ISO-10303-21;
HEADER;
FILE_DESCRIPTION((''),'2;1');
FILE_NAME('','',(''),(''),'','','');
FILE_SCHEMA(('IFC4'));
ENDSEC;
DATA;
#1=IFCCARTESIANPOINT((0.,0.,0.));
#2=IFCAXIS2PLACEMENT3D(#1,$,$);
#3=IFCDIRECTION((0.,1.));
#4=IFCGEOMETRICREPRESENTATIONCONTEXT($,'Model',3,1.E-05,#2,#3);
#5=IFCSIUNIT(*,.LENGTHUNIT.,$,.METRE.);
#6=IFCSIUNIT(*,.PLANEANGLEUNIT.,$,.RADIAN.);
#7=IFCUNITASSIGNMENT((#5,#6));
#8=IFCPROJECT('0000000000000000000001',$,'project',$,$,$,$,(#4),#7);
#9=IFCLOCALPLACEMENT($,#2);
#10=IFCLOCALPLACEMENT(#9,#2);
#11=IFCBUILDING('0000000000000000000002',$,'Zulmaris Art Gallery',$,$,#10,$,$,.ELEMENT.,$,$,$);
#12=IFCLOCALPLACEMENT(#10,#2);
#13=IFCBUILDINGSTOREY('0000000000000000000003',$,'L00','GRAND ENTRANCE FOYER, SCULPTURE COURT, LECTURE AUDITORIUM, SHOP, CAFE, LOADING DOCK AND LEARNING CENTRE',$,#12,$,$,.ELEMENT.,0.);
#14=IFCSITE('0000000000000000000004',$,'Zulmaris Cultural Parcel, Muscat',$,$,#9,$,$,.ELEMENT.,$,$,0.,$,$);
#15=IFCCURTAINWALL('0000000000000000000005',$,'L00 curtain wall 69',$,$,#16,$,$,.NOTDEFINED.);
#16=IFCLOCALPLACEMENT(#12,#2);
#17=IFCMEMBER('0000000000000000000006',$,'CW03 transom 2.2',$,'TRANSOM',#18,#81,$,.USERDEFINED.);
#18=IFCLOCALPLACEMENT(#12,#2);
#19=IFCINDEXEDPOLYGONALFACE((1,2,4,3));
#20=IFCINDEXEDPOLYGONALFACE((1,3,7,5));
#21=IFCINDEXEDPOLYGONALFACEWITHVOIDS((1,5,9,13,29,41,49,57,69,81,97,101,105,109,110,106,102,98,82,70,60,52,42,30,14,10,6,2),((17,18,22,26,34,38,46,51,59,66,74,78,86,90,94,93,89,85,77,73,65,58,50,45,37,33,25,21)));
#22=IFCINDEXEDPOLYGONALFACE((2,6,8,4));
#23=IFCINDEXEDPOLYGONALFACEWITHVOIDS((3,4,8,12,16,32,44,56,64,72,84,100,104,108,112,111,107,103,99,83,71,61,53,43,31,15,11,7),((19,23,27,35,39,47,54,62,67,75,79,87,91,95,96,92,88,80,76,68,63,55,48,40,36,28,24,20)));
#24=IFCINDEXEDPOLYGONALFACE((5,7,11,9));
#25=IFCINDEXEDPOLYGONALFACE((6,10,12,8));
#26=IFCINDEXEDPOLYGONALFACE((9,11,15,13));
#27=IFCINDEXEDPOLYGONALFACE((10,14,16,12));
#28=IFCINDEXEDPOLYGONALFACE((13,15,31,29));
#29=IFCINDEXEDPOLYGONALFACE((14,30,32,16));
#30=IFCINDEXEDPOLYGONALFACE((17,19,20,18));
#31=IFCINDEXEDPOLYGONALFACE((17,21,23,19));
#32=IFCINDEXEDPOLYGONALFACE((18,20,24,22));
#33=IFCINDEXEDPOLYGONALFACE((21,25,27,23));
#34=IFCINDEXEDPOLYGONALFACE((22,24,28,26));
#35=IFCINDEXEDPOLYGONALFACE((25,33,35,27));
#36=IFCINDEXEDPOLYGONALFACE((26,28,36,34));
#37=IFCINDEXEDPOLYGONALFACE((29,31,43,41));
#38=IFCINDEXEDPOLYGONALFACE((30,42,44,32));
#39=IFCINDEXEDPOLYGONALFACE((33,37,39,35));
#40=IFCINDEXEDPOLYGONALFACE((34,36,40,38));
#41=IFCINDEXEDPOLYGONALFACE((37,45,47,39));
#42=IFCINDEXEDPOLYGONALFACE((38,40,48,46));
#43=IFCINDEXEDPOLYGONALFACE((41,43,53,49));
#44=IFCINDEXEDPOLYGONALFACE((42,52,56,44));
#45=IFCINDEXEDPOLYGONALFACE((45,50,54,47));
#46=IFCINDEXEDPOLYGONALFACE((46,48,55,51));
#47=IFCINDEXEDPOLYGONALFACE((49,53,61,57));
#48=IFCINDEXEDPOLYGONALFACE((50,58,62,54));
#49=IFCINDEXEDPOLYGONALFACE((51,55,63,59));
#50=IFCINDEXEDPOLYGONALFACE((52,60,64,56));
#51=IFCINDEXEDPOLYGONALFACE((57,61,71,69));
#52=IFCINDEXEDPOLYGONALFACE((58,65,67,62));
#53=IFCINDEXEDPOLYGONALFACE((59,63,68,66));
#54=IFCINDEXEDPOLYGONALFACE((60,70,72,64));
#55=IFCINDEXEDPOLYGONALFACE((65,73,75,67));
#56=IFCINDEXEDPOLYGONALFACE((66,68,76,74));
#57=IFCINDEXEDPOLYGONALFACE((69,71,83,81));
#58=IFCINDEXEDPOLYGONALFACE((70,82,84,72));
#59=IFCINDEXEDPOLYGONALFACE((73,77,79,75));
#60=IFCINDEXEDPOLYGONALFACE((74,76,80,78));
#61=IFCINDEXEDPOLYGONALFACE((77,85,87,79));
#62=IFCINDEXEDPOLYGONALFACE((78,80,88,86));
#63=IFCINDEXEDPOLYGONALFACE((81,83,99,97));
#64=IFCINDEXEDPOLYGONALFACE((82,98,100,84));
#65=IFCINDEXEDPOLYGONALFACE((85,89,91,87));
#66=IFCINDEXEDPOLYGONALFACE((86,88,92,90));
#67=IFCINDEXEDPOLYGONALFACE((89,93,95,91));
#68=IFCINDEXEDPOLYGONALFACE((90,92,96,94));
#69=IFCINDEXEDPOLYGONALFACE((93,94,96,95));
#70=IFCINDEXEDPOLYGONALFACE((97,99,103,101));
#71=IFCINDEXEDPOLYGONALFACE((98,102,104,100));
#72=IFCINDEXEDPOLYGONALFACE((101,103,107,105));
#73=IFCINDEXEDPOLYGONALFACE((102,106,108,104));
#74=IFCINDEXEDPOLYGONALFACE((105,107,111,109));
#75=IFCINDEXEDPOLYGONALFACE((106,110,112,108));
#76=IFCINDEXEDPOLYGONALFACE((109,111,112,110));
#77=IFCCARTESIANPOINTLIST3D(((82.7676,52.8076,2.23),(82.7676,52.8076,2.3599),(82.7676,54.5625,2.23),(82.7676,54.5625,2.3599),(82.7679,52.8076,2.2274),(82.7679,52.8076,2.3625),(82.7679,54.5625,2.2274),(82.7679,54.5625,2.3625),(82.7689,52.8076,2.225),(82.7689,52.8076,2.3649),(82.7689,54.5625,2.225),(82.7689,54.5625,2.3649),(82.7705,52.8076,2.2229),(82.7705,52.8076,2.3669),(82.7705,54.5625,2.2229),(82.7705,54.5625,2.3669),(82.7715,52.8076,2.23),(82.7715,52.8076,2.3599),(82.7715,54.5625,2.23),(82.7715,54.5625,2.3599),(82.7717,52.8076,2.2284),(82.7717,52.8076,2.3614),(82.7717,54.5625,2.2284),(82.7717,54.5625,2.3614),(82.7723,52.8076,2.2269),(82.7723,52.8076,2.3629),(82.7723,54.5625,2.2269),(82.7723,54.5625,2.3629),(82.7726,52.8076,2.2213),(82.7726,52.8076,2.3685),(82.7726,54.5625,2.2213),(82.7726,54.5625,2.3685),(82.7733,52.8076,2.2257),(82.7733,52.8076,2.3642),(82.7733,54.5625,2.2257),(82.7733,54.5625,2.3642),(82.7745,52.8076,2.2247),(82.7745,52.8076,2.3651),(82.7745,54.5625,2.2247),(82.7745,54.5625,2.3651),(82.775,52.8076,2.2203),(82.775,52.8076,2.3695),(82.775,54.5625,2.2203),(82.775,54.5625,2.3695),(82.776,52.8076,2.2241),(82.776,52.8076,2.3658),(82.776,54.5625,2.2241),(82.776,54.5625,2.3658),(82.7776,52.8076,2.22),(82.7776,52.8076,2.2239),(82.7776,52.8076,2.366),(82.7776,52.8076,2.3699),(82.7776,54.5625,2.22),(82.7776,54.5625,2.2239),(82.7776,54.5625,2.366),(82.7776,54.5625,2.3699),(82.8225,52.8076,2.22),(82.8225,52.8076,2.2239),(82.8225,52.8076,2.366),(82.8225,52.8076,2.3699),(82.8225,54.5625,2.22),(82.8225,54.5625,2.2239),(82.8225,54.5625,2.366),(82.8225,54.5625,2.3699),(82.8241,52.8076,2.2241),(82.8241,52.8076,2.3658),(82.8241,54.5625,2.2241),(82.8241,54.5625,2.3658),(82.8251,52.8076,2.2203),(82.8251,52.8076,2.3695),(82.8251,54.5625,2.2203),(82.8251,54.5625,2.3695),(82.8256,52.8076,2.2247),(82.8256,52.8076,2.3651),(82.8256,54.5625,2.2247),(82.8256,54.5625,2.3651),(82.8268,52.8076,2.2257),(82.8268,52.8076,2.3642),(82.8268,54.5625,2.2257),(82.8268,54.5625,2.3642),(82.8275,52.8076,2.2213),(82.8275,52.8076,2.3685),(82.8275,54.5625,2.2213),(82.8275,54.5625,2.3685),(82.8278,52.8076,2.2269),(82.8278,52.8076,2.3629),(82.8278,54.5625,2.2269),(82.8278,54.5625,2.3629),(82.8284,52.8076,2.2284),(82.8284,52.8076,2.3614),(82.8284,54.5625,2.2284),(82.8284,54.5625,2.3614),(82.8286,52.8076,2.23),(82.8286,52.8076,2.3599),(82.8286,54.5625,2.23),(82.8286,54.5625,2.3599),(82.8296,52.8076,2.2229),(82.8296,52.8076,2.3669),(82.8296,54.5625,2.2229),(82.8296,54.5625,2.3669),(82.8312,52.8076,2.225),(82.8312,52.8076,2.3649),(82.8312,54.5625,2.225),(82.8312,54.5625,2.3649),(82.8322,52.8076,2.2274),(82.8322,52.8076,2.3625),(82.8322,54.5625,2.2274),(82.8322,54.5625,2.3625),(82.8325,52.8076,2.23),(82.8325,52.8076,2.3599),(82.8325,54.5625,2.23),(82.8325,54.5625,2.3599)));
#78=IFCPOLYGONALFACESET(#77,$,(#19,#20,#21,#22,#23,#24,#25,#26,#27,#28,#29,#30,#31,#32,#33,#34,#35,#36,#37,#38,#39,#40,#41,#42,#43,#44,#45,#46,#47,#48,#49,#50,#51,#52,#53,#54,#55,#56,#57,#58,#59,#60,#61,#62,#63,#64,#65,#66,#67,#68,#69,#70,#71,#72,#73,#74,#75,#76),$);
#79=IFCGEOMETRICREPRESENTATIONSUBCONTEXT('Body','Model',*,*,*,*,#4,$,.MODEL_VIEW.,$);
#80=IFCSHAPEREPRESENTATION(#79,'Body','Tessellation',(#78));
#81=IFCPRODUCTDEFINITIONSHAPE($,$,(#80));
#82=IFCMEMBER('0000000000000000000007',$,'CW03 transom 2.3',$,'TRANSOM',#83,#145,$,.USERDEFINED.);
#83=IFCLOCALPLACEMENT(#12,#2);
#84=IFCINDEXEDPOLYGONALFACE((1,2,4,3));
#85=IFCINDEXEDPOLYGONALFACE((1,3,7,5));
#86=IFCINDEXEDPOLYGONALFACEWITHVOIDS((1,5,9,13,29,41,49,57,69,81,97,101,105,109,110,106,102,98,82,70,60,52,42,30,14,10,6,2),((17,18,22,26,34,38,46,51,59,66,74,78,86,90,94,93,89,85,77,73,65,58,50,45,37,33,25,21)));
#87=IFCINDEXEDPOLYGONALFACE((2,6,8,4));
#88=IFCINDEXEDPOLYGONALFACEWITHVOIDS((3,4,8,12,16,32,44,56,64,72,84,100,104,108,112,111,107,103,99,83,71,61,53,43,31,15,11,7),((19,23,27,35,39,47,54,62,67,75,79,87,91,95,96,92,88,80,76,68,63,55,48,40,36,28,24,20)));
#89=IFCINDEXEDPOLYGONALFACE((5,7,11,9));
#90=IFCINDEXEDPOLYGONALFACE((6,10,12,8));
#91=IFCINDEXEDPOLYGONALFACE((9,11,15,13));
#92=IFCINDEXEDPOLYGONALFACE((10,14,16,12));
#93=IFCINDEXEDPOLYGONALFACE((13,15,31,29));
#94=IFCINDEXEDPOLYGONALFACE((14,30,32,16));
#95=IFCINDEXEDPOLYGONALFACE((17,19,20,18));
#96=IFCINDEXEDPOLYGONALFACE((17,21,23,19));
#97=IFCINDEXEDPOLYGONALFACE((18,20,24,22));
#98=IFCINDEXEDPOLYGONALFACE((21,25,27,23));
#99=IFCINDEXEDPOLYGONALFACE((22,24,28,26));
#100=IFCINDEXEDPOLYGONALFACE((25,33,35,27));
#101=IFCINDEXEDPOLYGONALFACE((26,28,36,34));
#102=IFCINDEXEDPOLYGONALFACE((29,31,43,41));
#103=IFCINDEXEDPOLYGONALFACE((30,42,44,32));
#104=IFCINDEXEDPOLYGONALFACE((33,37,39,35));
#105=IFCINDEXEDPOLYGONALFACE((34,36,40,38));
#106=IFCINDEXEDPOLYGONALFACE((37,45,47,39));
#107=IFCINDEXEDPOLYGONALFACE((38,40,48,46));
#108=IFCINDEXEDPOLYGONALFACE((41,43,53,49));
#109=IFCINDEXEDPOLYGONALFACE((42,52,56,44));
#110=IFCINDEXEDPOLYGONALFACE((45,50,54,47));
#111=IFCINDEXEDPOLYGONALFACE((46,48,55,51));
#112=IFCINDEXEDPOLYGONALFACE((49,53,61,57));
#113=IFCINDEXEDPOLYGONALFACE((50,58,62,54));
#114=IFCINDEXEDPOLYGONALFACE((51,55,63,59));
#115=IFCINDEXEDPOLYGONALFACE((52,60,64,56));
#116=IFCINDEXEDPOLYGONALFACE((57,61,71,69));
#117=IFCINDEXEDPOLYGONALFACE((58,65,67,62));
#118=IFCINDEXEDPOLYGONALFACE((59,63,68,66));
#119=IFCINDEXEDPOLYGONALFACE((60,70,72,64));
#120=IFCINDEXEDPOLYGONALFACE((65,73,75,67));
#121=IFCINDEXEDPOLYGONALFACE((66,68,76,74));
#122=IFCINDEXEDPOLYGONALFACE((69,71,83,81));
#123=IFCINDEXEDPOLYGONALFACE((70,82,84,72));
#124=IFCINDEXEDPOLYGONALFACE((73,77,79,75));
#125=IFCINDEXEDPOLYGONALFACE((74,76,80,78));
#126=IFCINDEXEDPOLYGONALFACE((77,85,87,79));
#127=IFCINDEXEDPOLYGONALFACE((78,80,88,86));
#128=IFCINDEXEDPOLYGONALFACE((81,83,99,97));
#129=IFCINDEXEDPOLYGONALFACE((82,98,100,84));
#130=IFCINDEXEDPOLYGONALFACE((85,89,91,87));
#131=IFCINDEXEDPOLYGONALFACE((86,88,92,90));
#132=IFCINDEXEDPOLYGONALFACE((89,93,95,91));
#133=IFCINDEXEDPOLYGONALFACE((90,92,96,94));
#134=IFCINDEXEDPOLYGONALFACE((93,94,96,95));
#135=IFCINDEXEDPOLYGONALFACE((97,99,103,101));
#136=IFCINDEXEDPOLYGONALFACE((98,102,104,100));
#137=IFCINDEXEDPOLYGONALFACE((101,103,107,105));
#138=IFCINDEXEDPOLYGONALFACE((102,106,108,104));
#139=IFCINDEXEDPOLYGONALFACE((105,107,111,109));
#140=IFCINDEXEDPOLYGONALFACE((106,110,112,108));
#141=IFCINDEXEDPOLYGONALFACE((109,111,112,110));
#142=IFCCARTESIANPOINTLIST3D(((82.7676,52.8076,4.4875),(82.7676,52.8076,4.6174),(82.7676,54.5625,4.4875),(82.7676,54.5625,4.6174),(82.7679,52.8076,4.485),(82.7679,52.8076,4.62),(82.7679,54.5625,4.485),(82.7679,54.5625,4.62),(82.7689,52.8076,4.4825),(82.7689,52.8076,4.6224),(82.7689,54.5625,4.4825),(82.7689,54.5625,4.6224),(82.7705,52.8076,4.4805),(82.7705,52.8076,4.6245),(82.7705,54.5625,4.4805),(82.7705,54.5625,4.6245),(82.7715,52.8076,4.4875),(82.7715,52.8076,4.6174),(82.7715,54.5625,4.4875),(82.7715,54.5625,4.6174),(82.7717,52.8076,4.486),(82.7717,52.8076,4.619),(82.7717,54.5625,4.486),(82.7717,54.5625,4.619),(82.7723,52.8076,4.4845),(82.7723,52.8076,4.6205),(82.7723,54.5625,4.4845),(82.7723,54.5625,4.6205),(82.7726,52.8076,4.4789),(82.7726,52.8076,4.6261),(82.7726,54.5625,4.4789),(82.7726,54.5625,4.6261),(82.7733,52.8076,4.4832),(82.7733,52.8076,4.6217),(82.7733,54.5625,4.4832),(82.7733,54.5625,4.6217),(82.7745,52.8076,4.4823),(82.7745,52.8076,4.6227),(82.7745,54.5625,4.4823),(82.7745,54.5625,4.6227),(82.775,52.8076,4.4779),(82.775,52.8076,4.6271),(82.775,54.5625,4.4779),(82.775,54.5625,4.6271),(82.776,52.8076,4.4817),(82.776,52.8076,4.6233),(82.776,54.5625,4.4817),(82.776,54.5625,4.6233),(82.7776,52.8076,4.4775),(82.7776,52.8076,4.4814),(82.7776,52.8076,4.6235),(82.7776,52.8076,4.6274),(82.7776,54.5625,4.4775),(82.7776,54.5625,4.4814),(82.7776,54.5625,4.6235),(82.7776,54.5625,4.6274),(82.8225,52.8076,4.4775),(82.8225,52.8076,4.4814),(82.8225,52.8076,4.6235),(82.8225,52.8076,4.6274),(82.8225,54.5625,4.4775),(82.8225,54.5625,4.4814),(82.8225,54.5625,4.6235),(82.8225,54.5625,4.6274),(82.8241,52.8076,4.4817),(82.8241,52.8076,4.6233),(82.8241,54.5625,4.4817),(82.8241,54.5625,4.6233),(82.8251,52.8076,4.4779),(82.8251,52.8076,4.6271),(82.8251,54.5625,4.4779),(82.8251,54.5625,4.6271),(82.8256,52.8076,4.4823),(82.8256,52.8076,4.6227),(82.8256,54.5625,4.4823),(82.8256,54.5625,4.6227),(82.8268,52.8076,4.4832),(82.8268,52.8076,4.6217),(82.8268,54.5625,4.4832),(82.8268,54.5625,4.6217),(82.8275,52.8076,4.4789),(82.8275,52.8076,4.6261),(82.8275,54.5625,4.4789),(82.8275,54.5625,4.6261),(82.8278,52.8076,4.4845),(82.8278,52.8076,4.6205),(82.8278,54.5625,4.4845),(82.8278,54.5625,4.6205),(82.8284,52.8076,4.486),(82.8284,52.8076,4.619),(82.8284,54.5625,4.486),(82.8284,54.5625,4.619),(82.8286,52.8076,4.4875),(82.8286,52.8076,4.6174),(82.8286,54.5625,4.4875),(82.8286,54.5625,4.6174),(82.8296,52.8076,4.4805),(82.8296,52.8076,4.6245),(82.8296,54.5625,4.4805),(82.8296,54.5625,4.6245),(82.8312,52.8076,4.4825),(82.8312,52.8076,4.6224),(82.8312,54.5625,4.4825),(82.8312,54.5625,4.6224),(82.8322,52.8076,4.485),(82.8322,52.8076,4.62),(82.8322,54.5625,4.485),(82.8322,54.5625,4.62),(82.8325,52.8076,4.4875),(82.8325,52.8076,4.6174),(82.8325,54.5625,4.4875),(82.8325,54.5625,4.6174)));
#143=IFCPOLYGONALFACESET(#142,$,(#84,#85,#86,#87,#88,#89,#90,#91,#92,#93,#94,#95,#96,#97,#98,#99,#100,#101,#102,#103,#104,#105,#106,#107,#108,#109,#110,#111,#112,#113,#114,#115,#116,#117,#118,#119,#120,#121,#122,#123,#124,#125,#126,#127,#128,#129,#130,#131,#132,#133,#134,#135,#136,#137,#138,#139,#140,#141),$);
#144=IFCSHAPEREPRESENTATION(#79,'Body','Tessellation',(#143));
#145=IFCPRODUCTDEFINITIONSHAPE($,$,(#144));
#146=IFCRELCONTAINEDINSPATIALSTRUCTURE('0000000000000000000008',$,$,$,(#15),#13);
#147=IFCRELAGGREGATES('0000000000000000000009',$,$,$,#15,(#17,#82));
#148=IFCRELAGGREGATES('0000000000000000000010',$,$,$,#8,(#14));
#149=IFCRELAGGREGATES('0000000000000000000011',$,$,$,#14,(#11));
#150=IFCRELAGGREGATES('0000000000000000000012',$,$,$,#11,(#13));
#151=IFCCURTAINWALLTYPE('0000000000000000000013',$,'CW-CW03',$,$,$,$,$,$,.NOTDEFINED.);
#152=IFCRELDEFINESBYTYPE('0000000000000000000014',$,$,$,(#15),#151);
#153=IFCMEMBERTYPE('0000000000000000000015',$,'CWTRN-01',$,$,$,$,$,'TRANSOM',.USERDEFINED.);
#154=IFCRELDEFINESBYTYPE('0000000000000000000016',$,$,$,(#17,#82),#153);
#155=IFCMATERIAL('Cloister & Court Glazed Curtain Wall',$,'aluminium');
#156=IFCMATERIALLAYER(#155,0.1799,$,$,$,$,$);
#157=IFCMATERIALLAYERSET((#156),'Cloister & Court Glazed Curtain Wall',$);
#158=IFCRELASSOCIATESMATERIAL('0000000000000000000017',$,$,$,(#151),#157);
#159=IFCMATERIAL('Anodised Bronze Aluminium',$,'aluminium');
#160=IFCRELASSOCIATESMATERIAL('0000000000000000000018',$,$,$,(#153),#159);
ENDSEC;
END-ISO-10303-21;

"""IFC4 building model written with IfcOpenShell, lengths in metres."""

from ifc_helpers import new_model, si_unit, direction, frame, origin, origin_2d, place, context, subcontext, project, spatial, hollow_rectangle, extrude, material, layer, layer_set, material_profile, profile_set, type_object, element, aggregate, save


model = new_model("IFC4")

# Units and contexts
model_context = context("Model", 3, precision=1e-05, world=origin(), true_north=direction((0.0, 1.0)))
body_context = subcontext(model_context, "Body", "Model", "MODEL_VIEW")
ifc_project = project(units=[si_unit("LENGTHUNIT", "METRE"), si_unit("PLANEANGLEUNIT", "RADIAN")], contexts=[model_context])

# Site, building, storey
site_placement = place(None, origin())
site = spatial("IfcSite", under=ifc_project, at=site_placement, Name="Zulmaris Cultural Parcel, Muscat", CompositionType="ELEMENT", RefElevation=0.0)
building_placement = place(site_placement, origin())
building = spatial("IfcBuilding", under=site, at=building_placement, Name="Zulmaris Art Gallery", CompositionType="ELEMENT")
storey_placement = place(building_placement, origin())
storey = spatial("IfcBuildingStorey", under=building, at=storey_placement, Name="L00", Description="GRAND ENTRANCE FOYER, SCULPTURE COURT, LECTURE AUDITORIUM, SHOP, CAFE, LOADING DOCK AND LEARNING CENTRE", CompositionType="ELEMENT", Elevation=0.0)

# Shared definitions
ifc_material_1 = material(Name="Cloister & Court Glazed Curtain Wall", Category="aluminium")
ifc_layer_1 = layer(ifc_material_1, 0.1799)
ifc_layer_set_1 = layer_set([ifc_layer_1], Name="Cloister & Court Glazed Curtain Wall")
curtain_wall_type = type_object("IfcCurtainWallType", Name="CW-CW03", PredefinedType="NOTDEFINED", material=ifc_layer_set_1)
ifc_material_2 = material(Name="Anodised Bronze Aluminium", Category="aluminium")

# Curtain wall, members
curtain_wall_1_placement = place(storey_placement, origin())
curtain_wall_1 = element("IfcCurtainWall", 1, at=curtain_wall_1_placement, inside=storey, type_object=curtain_wall_type, Name="L00 curtain wall 69", PredefinedType="NOTDEFINED")
ifc_material_profile_1 = material_profile(ifc_material_2, hollow_rectangle(XDim=0.0649, YDim=0.1499, WallThickness=0.0039, InnerFilletRadius=0.0061, OuterFilletRadius=0.01, at=origin_2d()), Name="ALU 65x150x4")
ifc_profile_set_1 = profile_set([ifc_material_profile_1], Name="Anodised Bronze Aluminium")
member_type_1 = type_object("IfcMemberType", Name="CWTRN-01", ElementType="TRANSOM", PredefinedType="USERDEFINED", material=ifc_profile_set_1)
member_1_placement = place(storey_placement, frame((82.8, 52.8076, 2.2949), z_axis=(0.0, 1.0, 0.0), x_axis=(-1.0, 0.0, 0.0)))
member_1 = element("IfcMember", 2, at=member_1_placement, type_object=member_type_1, Name="CW03 transom 2.2", ObjectType="TRANSOM", PredefinedType="USERDEFINED", context=body_context, shape_type="SweptSolid", body=[
    extrude(hollow_rectangle(XDim=0.0649, YDim=0.1499, WallThickness=0.0039, InnerFilletRadius=0.0061, OuterFilletRadius=0.01, at=origin_2d()), origin(), (0.0, 0.0, 1.0), 1.7549),
])
member_2_placement = place(storey_placement, frame((82.8, 52.8076, 4.5525), z_axis=(0.0, 1.0, 0.0), x_axis=(-1.0, 0.0, 0.0)))
member_2 = element("IfcMember", 3, at=member_2_placement, type_object=member_type_1, Name="CW03 transom 2.3", ObjectType="TRANSOM", PredefinedType="USERDEFINED", context=body_context, shape_type="SweptSolid", body=[
    extrude(hollow_rectangle(XDim=0.0649, YDim=0.1499, WallThickness=0.0039, InnerFilletRadius=0.0061, OuterFilletRadius=0.01, at=origin_2d()), origin(), (0.0, 0.0, 1.0), 1.7549),
])

aggregate(curtain_wall_1, [member_1, member_2])

save(model, "model.ifc")
